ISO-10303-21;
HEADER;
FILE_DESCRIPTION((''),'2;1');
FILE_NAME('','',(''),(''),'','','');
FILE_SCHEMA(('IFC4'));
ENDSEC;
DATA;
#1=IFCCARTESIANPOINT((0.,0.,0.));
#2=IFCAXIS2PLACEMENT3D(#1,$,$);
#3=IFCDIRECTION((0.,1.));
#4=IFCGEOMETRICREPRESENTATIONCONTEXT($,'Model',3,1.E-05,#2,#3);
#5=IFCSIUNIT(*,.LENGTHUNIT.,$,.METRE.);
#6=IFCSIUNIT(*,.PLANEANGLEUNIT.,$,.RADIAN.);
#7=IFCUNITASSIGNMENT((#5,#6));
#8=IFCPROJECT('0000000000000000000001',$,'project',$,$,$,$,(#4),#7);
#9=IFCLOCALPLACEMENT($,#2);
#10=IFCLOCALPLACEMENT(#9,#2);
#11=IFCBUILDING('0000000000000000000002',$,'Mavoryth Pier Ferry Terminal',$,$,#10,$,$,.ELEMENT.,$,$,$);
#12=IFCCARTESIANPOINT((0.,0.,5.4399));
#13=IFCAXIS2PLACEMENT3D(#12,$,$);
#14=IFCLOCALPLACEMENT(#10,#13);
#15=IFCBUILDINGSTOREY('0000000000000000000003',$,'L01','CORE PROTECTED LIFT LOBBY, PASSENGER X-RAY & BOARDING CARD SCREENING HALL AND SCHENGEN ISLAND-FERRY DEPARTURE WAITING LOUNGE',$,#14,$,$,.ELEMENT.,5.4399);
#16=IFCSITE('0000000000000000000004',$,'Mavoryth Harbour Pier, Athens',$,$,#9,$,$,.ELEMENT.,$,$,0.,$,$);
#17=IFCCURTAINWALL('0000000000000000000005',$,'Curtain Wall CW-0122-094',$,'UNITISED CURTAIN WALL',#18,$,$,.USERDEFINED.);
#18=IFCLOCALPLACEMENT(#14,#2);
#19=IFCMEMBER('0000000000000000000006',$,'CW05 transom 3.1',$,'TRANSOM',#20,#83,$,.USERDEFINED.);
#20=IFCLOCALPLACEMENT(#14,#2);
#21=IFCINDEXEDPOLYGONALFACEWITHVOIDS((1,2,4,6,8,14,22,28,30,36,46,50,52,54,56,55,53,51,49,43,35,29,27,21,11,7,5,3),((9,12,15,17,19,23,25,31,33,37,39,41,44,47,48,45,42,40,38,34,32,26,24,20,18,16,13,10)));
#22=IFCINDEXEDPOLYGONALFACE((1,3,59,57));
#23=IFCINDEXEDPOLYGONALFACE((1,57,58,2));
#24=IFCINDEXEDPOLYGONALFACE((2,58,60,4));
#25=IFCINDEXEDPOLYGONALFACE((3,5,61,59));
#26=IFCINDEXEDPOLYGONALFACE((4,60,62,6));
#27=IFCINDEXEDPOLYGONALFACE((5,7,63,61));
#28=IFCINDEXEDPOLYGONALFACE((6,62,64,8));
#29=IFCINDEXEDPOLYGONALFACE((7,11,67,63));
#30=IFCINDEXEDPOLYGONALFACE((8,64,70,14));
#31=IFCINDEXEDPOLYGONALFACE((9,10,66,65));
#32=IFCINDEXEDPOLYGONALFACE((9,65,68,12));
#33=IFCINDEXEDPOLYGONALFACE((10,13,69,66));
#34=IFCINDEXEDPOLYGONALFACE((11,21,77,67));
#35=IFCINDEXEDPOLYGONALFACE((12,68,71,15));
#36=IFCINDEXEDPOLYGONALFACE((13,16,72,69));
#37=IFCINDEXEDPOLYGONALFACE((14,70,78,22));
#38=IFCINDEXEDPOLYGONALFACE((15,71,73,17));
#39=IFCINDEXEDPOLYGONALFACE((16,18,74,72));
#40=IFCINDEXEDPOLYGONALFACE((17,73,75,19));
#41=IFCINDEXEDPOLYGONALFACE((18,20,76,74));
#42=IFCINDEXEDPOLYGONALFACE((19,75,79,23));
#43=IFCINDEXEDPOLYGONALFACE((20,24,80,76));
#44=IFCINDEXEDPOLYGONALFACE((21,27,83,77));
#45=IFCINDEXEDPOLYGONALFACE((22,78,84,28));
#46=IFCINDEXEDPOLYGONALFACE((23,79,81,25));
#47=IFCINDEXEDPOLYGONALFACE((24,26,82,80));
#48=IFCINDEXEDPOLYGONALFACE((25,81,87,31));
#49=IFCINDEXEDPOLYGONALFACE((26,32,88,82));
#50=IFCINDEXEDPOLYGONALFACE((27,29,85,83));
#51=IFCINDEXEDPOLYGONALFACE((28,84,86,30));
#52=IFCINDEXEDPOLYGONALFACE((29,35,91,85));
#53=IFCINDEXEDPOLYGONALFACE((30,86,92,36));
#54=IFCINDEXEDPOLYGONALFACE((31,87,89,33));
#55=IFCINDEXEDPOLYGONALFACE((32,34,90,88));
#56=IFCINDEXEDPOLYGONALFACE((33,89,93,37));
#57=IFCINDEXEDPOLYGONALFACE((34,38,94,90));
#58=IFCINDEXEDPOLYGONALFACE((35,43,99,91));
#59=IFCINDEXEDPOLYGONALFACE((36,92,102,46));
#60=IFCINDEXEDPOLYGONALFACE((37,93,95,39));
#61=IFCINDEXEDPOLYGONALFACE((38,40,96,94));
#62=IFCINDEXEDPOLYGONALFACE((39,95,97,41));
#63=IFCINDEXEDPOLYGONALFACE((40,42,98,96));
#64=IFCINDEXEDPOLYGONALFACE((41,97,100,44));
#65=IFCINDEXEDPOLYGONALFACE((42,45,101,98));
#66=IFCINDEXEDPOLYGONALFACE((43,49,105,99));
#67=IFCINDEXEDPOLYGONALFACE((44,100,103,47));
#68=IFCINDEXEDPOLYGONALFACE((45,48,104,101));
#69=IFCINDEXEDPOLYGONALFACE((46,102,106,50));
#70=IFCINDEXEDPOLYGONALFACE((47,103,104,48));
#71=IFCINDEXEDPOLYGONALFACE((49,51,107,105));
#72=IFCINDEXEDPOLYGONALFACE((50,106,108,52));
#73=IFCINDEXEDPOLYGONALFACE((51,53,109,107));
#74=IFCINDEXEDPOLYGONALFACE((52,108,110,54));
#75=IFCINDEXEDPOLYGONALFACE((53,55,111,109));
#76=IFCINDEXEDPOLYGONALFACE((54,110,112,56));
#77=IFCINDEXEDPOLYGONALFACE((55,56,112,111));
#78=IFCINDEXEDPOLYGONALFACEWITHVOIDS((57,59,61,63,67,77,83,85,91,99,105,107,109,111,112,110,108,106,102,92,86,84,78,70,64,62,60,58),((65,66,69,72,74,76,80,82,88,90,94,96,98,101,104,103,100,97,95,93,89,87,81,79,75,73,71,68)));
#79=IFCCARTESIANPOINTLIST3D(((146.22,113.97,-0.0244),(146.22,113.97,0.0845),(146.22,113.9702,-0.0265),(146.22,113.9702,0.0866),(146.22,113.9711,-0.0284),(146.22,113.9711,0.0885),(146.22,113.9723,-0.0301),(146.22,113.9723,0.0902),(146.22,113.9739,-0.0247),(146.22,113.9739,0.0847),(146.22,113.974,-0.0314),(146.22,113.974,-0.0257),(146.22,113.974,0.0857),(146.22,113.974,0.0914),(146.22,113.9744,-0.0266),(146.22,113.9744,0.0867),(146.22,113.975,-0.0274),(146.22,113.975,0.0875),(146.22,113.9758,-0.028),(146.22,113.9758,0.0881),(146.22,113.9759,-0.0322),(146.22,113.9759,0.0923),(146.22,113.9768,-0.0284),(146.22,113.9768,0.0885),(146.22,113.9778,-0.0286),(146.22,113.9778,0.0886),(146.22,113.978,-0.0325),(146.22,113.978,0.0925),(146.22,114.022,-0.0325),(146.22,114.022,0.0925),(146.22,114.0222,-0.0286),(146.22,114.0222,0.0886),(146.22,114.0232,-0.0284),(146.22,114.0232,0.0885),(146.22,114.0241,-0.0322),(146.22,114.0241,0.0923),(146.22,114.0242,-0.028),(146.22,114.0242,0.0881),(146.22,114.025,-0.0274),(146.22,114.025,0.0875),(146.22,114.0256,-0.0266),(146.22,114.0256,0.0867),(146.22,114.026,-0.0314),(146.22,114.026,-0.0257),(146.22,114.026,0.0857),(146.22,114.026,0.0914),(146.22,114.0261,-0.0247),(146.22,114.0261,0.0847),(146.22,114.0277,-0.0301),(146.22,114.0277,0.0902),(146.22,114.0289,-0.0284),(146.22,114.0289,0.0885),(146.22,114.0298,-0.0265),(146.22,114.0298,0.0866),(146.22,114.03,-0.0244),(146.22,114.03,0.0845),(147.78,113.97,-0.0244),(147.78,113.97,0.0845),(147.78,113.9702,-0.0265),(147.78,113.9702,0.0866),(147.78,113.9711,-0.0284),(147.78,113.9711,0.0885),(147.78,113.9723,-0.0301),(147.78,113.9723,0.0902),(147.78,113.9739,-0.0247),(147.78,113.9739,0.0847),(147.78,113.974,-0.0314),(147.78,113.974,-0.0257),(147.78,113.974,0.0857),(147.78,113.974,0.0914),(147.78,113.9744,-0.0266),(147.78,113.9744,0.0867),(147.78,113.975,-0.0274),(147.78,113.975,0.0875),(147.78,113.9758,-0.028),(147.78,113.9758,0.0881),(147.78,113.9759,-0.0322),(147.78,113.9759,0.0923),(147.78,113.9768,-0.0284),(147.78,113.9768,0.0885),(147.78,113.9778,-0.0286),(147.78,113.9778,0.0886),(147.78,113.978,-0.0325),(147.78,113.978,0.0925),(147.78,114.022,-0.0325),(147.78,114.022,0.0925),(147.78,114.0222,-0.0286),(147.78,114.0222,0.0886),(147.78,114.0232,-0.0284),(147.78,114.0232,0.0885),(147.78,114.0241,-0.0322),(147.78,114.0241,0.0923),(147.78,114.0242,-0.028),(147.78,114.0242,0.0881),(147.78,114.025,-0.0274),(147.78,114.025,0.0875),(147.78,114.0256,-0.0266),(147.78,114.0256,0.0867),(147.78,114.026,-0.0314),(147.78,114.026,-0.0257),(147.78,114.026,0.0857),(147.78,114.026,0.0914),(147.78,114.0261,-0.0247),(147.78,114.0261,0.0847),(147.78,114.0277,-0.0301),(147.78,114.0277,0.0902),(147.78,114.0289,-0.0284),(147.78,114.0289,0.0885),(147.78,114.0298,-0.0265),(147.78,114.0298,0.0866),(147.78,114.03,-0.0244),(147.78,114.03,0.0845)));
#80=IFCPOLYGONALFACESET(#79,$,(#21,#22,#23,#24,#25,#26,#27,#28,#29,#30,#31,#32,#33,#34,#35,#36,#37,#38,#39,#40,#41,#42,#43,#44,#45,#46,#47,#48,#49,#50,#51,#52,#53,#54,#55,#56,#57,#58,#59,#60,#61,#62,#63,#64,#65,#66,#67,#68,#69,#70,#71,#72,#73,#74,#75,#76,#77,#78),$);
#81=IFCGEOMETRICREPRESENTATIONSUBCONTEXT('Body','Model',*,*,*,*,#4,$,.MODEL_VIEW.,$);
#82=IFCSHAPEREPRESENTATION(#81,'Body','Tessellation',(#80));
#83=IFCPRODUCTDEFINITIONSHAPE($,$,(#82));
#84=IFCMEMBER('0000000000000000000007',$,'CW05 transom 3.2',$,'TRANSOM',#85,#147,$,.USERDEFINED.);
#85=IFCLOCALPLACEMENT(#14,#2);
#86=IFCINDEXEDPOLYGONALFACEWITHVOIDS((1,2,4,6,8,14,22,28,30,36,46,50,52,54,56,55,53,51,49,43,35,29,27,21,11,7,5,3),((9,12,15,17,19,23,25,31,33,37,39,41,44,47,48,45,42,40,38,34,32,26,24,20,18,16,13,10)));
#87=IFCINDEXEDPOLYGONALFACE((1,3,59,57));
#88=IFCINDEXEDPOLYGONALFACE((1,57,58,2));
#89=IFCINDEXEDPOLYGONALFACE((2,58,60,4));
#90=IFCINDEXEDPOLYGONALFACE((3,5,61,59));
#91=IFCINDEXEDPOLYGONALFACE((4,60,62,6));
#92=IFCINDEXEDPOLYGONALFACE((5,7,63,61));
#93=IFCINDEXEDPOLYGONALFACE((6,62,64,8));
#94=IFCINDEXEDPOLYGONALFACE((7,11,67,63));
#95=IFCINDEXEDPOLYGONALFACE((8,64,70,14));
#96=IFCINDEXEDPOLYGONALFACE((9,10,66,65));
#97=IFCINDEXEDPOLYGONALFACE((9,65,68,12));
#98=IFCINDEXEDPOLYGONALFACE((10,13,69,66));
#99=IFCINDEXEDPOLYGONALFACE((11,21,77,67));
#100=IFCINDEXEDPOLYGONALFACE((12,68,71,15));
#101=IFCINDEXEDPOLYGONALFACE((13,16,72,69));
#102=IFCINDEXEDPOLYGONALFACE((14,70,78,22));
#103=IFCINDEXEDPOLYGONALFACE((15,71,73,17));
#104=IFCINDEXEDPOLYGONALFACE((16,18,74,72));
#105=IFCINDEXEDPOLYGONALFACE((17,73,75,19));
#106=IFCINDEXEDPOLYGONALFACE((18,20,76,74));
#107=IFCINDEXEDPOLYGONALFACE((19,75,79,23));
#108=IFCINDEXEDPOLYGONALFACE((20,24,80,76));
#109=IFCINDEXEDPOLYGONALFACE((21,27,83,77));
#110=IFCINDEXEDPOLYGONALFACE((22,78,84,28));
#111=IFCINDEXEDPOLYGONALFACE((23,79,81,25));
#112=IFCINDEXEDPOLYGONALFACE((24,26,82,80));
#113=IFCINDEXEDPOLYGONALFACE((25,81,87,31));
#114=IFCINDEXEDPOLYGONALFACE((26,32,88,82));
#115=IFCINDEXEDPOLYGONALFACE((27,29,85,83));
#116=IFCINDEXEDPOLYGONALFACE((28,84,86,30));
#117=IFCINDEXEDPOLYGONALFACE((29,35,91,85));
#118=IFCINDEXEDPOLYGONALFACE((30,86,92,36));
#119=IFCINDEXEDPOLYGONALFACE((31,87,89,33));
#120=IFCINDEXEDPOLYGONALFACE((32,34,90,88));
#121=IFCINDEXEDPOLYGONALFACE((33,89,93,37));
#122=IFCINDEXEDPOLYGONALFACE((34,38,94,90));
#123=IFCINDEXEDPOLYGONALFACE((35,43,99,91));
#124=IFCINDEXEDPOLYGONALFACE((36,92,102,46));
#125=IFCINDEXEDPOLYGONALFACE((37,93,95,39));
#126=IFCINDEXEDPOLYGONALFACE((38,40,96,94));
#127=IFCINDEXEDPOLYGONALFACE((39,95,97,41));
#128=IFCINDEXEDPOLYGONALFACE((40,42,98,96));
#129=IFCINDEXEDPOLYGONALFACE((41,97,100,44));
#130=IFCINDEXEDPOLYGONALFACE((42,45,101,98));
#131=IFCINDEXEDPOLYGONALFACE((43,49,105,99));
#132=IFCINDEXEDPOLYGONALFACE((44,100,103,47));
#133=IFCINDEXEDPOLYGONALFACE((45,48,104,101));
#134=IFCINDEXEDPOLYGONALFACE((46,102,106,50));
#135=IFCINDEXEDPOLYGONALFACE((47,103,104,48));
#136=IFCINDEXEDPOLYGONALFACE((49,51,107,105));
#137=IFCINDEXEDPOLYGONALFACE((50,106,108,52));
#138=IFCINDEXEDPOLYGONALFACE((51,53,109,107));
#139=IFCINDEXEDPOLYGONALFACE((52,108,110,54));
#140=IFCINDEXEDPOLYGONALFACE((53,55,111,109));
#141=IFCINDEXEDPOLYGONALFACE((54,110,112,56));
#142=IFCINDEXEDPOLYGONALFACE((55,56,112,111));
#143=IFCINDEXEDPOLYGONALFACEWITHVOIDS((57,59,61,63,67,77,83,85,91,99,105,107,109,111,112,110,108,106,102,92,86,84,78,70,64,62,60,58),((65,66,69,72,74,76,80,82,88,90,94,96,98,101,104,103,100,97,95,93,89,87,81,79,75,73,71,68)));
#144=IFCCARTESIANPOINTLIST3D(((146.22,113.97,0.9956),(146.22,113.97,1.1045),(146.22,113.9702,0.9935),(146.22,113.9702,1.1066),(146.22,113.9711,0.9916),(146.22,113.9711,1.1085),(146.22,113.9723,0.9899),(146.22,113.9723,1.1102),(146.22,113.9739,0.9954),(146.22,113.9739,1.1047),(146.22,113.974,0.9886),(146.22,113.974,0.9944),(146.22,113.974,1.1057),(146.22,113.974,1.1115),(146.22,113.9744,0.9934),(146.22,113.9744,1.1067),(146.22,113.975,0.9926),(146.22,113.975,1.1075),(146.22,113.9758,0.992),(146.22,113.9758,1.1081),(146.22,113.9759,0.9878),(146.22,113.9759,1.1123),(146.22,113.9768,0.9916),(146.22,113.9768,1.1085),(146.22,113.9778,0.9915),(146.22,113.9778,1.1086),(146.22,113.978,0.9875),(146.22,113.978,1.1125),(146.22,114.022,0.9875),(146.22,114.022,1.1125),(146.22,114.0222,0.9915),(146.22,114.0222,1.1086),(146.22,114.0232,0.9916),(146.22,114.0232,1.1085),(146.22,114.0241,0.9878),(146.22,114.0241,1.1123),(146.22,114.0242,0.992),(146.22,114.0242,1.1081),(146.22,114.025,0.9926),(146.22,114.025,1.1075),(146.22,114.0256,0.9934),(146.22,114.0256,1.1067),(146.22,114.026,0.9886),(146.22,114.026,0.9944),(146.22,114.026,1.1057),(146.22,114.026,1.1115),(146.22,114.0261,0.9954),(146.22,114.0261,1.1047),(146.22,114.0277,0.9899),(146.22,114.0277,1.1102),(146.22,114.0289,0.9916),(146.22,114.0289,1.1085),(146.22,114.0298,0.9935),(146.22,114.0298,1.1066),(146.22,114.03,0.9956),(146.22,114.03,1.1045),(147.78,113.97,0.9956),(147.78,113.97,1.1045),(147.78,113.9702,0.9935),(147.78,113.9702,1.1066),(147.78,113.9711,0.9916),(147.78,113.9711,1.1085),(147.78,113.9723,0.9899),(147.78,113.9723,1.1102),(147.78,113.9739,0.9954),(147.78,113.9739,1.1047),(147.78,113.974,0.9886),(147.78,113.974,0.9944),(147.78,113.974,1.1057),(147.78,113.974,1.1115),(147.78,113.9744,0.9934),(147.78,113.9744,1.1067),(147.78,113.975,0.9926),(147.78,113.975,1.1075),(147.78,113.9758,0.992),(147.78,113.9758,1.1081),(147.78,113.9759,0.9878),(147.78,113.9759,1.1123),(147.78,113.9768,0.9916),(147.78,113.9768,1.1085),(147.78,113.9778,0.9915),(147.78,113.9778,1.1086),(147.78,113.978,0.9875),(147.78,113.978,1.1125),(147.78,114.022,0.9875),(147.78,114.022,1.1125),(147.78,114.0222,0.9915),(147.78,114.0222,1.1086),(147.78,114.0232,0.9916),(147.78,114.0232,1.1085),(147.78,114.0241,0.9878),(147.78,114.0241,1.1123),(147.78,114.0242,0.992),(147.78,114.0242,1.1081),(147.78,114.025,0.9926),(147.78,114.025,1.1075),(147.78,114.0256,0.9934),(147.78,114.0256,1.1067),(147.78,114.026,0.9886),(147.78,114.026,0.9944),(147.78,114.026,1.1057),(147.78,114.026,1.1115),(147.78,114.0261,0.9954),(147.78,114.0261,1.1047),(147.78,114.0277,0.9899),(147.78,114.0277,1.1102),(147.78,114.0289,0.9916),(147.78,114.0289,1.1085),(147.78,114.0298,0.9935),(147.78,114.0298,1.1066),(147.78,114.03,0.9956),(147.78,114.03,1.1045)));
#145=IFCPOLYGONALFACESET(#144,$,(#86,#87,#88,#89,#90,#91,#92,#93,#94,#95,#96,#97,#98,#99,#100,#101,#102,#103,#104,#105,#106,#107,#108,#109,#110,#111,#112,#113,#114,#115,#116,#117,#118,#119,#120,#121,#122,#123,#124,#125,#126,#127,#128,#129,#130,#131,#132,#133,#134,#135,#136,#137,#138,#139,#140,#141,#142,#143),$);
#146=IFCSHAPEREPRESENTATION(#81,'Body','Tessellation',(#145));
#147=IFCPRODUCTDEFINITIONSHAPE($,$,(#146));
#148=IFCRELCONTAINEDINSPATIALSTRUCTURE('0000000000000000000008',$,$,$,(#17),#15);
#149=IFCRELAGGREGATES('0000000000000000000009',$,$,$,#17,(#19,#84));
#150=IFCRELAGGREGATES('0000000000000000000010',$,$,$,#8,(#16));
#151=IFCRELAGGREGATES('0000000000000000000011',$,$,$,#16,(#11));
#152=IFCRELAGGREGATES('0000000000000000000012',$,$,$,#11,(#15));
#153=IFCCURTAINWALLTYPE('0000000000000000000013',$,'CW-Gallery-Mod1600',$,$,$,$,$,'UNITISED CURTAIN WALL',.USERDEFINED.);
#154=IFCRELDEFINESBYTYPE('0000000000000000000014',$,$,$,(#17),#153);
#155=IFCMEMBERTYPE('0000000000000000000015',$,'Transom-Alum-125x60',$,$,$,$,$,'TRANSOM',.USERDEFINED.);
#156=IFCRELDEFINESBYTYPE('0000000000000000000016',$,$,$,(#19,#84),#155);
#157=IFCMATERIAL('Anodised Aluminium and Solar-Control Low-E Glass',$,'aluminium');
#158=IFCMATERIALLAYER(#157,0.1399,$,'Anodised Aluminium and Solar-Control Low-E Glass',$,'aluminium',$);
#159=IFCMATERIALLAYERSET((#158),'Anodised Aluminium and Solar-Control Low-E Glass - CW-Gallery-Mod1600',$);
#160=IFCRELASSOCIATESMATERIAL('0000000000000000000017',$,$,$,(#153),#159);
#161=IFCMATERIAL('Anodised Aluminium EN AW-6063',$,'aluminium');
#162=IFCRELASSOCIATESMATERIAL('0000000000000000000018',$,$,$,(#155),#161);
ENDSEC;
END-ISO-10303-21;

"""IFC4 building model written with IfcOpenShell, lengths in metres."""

from ifc_helpers import new_model, si_unit, direction, frame, origin, origin_2d, place, context, subcontext, project, spatial, hollow_rectangle, extrude, material, layer, layer_set, material_profile, profile_set, type_object, element, aggregate, save


model = new_model("IFC4")

# Units and contexts
model_context = context("Model", 3, precision=1e-05, world=origin(), true_north=direction((0.0, 1.0)))
body_context = subcontext(model_context, "Body", "Model", "MODEL_VIEW")
ifc_project = project(units=[si_unit("LENGTHUNIT", "METRE"), si_unit("PLANEANGLEUNIT", "RADIAN")], contexts=[model_context])

# Site, building, storey
site_placement = place(None, origin())
site = spatial("IfcSite", under=ifc_project, at=site_placement, Name="Mavoryth Harbour Pier, Athens", CompositionType="ELEMENT", RefElevation=0.0)
building_placement = place(site_placement, origin())
building = spatial("IfcBuilding", under=site, at=building_placement, Name="Mavoryth Pier Ferry Terminal", CompositionType="ELEMENT")
storey_placement = place(building_placement, frame((0.0, 0.0, 5.4399)))
storey = spatial("IfcBuildingStorey", under=building, at=storey_placement, Name="L01", Description="CORE PROTECTED LIFT LOBBY, PASSENGER X-RAY & BOARDING CARD SCREENING HALL AND SCHENGEN ISLAND-FERRY DEPARTURE WAITING LOUNGE", CompositionType="ELEMENT", Elevation=5.4399)

# Curtain wall, members
ifc_material_1 = material(Name="Anodised Aluminium and Solar-Control Low-E Glass", Category="aluminium")
ifc_layer_1 = layer(ifc_material_1, 0.1399, Name="Anodised Aluminium and Solar-Control Low-E Glass", Category="aluminium")
ifc_layer_set_1 = layer_set([ifc_layer_1], Name="Anodised Aluminium and Solar-Control Low-E Glass - CW-Gallery-Mod1600")
curtain_wall_type = type_object("IfcCurtainWallType", Name="CW-Gallery-Mod1600", ElementType="UNITISED CURTAIN WALL", PredefinedType="USERDEFINED", material=ifc_layer_set_1)
curtain_wall_placement = place(storey_placement, origin())
curtain_wall = element("IfcCurtainWall", 1, at=curtain_wall_placement, inside=storey, type_object=curtain_wall_type, Name="Curtain Wall CW-0122-094", ObjectType="UNITISED CURTAIN WALL", PredefinedType="USERDEFINED")
ifc_material_2 = material(Name="Anodised Aluminium EN AW-6063", Category="aluminium")
ifc_material_profile_1 = material_profile(ifc_material_2, hollow_rectangle(XDim=0.0601, YDim=0.125, WallThickness=0.0039, InnerFilletRadius=0.0039, OuterFilletRadius=0.0081, at=origin_2d()), Name="AL-TRAN 125x60x4", Category="aluminium")
ifc_profile_set_1 = profile_set([ifc_material_profile_1], Name="Anodised Aluminium EN AW-6063 - AL-TRAN 125x60x4")
member_type_1 = type_object("IfcMemberType", Name="Transom-Alum-125x60", ElementType="TRANSOM", PredefinedType="USERDEFINED", material=ifc_profile_set_1)
member_1_placement = place(storey_placement, frame((147.78, 114.0, 0.03), z_axis=(-1.0, 0.0, 0.0), x_axis=(0.0, -1.0, 0.0)))
member_1 = element("IfcMember", 2, at=member_1_placement, type_object=member_type_1, Name="CW05 transom 3.1", ObjectType="TRANSOM", PredefinedType="USERDEFINED", context=body_context, shape_type="SweptSolid", body=[
    extrude(hollow_rectangle(XDim=0.0601, YDim=0.125, WallThickness=0.0039, InnerFilletRadius=0.0039, OuterFilletRadius=0.0081, at=origin_2d()), origin(), (0.0, 0.0, 1.0), 1.5601),
])
member_2_placement = place(storey_placement, frame((147.78, 114.0, 1.05), z_axis=(-1.0, 0.0, 0.0), x_axis=(0.0, -1.0, 0.0)))
member_2 = element("IfcMember", 3, at=member_2_placement, type_object=member_type_1, Name="CW05 transom 3.2", ObjectType="TRANSOM", PredefinedType="USERDEFINED", context=body_context, shape_type="SweptSolid", body=[
    extrude(hollow_rectangle(XDim=0.0601, YDim=0.125, WallThickness=0.0039, InnerFilletRadius=0.0039, OuterFilletRadius=0.0081, at=origin_2d()), origin(), (0.0, 0.0, 1.0), 1.5601),
])
aggregate(curtain_wall, [member_1, member_2])

save(model, "model.ifc")
